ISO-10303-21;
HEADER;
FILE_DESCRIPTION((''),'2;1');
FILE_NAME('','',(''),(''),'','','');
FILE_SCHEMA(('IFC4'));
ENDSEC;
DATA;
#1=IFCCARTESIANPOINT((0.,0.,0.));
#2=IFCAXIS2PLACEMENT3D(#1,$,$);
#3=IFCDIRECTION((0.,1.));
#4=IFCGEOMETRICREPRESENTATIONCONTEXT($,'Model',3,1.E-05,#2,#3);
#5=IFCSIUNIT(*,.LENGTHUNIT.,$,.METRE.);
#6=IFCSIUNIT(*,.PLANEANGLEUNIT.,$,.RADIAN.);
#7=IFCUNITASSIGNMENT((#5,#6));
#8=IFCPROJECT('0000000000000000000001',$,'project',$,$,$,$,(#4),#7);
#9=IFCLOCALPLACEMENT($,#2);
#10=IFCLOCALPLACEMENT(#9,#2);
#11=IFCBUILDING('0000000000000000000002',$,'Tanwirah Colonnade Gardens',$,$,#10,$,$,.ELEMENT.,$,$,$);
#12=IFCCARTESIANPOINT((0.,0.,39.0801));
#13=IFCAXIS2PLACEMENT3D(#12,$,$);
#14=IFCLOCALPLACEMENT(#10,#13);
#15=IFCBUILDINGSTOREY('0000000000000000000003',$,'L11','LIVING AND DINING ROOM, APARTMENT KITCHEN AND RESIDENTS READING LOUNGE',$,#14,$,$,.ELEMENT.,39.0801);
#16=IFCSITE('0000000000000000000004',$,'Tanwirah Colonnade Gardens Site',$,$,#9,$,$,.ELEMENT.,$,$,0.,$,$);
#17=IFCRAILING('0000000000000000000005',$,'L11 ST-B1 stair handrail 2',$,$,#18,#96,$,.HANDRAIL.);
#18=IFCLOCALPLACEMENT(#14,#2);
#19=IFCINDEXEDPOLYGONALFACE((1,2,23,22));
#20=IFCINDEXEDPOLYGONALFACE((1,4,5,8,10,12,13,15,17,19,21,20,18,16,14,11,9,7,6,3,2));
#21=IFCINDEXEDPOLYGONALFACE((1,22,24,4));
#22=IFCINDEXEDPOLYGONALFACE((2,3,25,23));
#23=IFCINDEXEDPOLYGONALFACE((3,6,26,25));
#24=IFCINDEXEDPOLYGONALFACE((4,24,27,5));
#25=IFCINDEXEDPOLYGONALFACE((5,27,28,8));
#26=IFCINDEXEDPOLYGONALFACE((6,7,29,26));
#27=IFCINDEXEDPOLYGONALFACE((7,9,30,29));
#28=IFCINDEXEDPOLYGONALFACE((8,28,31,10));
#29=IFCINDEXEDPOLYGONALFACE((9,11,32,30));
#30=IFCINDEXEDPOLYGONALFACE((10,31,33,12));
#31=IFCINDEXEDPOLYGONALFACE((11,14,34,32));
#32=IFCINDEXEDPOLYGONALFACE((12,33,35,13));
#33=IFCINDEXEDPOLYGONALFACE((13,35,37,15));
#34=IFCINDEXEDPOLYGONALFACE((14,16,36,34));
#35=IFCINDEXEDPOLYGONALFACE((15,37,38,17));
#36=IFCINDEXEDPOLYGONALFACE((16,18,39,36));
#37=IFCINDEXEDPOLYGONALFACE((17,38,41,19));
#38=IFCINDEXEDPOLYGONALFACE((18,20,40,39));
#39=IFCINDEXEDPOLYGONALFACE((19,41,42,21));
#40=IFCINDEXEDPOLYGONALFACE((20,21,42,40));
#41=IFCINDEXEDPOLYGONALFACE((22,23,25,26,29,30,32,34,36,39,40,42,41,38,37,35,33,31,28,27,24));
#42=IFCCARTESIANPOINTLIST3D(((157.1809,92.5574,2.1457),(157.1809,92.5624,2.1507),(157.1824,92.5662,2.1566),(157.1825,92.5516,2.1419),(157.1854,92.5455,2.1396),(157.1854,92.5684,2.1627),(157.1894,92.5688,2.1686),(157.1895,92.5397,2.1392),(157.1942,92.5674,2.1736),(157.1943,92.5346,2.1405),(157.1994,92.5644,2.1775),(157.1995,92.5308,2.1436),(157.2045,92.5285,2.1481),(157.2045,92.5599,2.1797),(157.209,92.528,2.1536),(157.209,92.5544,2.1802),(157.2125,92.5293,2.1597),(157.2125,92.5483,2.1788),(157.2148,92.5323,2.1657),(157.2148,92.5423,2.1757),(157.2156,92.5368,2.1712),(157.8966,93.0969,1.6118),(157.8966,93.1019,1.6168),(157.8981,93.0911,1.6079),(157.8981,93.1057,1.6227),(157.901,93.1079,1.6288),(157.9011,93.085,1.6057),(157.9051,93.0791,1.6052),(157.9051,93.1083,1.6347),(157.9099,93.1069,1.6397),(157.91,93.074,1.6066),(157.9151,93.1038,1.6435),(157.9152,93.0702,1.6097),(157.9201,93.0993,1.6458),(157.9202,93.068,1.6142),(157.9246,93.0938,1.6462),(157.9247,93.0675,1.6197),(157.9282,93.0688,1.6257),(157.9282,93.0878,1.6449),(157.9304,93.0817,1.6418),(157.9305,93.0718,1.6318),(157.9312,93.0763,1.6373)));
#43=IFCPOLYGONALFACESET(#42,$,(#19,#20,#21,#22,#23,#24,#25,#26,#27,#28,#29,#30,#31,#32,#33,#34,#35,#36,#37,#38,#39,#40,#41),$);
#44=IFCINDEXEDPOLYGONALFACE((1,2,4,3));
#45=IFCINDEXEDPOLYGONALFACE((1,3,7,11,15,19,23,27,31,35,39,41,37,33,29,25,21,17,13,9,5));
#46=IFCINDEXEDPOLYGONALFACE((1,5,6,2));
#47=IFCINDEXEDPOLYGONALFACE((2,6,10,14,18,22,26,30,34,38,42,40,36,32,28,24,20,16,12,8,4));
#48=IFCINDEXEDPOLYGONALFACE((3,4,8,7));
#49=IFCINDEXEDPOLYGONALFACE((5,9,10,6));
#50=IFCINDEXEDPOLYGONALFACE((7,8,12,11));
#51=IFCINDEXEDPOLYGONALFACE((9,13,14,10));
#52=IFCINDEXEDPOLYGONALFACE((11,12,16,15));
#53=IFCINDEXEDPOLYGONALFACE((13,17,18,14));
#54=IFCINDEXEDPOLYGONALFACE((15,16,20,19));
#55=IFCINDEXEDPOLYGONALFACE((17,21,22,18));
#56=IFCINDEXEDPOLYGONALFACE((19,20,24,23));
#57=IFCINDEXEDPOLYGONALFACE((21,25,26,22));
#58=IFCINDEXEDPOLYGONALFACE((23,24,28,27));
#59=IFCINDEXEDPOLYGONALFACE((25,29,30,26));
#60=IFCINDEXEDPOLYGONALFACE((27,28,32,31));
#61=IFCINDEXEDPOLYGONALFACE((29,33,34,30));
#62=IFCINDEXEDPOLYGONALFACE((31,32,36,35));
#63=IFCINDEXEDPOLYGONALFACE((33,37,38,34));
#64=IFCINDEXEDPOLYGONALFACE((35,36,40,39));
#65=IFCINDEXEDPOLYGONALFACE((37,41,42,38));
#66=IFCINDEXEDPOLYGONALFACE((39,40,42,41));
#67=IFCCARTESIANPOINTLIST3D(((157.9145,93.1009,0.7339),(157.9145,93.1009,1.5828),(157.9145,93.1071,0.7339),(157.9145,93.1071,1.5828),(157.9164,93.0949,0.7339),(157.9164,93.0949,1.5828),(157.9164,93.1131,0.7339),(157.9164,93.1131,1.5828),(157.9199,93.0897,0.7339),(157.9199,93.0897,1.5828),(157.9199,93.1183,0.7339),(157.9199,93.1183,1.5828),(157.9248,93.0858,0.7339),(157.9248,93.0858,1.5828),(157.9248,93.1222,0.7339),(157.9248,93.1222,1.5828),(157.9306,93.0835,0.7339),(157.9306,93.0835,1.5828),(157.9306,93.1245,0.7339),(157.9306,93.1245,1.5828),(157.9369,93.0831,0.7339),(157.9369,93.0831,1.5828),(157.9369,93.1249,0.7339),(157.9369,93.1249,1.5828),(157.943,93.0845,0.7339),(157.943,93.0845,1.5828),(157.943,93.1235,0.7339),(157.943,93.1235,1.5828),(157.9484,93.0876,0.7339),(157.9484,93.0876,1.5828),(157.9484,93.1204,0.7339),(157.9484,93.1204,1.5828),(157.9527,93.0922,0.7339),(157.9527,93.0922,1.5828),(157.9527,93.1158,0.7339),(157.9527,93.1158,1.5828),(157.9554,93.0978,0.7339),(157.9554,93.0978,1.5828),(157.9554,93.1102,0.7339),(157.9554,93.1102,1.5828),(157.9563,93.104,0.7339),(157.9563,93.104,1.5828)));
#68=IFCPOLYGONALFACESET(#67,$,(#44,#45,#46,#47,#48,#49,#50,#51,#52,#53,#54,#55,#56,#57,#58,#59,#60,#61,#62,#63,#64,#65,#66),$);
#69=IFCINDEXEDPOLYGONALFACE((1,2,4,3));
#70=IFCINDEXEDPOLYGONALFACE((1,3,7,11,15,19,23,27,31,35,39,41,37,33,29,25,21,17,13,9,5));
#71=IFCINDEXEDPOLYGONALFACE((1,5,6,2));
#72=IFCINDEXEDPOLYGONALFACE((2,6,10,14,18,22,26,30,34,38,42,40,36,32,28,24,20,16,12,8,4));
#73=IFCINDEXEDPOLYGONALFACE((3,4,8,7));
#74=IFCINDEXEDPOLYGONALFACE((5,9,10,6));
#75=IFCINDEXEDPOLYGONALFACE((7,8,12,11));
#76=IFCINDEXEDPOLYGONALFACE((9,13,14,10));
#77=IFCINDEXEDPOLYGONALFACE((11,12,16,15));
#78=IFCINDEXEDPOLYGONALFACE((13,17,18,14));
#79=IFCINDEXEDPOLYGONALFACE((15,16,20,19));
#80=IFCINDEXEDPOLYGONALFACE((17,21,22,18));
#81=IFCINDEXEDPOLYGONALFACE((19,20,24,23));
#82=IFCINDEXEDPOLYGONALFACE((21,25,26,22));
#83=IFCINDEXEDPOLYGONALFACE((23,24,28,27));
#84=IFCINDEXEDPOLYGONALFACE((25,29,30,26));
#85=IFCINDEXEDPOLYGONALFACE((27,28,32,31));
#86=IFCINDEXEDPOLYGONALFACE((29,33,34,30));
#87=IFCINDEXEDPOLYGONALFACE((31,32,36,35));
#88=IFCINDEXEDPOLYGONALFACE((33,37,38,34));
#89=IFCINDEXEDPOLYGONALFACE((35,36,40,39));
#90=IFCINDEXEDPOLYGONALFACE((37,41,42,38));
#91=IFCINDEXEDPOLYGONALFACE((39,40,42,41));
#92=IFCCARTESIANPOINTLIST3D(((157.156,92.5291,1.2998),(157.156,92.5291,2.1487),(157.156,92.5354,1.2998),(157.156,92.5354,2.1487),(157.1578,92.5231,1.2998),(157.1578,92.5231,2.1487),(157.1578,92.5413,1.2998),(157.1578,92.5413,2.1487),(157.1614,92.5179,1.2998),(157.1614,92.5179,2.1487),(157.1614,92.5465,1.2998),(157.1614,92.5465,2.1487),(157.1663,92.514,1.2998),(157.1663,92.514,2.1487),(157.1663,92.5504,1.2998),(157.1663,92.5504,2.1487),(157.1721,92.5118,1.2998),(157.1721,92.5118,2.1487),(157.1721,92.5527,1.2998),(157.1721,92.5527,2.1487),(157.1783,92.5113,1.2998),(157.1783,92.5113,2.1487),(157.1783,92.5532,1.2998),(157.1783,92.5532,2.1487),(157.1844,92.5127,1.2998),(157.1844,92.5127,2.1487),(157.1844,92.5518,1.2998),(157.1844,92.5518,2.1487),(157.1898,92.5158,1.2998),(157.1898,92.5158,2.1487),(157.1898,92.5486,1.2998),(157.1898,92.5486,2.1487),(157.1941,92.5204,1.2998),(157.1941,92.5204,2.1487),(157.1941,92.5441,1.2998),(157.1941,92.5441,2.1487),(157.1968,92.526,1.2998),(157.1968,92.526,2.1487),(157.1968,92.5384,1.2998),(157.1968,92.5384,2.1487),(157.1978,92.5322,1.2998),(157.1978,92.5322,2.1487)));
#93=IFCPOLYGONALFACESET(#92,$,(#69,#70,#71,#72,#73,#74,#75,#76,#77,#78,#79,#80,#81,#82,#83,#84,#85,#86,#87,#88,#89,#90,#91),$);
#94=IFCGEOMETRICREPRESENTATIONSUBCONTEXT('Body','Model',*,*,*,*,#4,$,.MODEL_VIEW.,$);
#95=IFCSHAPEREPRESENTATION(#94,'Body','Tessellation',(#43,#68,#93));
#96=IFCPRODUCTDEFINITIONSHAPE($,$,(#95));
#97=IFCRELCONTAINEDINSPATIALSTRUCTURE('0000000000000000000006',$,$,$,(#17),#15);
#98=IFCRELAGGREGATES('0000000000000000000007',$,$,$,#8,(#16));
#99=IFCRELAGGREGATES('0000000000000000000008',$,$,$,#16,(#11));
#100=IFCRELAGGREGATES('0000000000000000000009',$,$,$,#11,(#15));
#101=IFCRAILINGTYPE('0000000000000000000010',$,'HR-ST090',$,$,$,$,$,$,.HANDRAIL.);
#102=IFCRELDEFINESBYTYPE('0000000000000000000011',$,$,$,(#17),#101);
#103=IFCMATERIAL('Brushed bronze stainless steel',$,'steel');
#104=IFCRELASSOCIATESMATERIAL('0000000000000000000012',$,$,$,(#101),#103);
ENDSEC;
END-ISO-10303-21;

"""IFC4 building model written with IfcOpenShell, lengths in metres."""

from ifc_helpers import new_model, si_unit, direction, frame, origin, origin_2d, place, context, subcontext, project, spatial, circle, extrude, material, type_object, element, save


model = new_model("IFC4")

# Units and contexts
model_context = context("Model", 3, precision=1e-05, world=origin(), true_north=direction((0.0, 1.0)))
body_context = subcontext(model_context, "Body", "Model", "MODEL_VIEW")
ifc_project = project(units=[si_unit("LENGTHUNIT", "METRE"), si_unit("PLANEANGLEUNIT", "RADIAN")], contexts=[model_context])

# Site, building, storey
site_placement = place(None, origin())
site = spatial("IfcSite", under=ifc_project, at=site_placement, Name="Tanwirah Colonnade Gardens Site", CompositionType="ELEMENT", RefElevation=0.0)
building_placement = place(site_placement, origin())
building = spatial("IfcBuilding", under=site, at=building_placement, Name="Tanwirah Colonnade Gardens", CompositionType="ELEMENT")
storey_placement = place(building_placement, frame((0.0, 0.0, 39.0801)))
storey = spatial("IfcBuildingStorey", under=building, at=storey_placement, Name="L11", Description="LIVING AND DINING ROOM, APARTMENT KITCHEN AND RESIDENTS READING LOUNGE", CompositionType="ELEMENT", Elevation=39.0801)

# Railing
ifc_material_1 = material(Name="Brushed bronze stainless steel", Category="steel")
railing_type = type_object("IfcRailingType", Name="HR-ST090", PredefinedType="HANDRAIL", material=ifc_material_1)
railing_1_placement = place(storey_placement, frame((157.9353, 93.104, 0.7339)))
element("IfcRailing", 1, at=railing_1_placement, inside=storey, type_object=railing_type, Name="L11 ST-B1 stair handrail 2", PredefinedType="HANDRAIL", context=body_context, shape_type="SweptSolid", body=[
    extrude(circle(Radius=0.0239, at=origin_2d()), frame((-0.0215, -0.0161, 0.8918), z_axis=(-0.686028, -0.517116, 0.511817), x_axis=(0.601931, -0.798548, 0.0)), (0.0, 0.0, 1.0), 1.0432),
    extrude(circle(Radius=0.021, at=origin_2d()), origin(), (0.0, 0.0, 1.0), 0.8489),
    extrude(circle(Radius=0.021, at=origin_2d()), frame((-0.7585, -0.5718, 0.5659)), (0.0, 0.0, 1.0), 0.8489),
])

save(model, "model.ifc")
